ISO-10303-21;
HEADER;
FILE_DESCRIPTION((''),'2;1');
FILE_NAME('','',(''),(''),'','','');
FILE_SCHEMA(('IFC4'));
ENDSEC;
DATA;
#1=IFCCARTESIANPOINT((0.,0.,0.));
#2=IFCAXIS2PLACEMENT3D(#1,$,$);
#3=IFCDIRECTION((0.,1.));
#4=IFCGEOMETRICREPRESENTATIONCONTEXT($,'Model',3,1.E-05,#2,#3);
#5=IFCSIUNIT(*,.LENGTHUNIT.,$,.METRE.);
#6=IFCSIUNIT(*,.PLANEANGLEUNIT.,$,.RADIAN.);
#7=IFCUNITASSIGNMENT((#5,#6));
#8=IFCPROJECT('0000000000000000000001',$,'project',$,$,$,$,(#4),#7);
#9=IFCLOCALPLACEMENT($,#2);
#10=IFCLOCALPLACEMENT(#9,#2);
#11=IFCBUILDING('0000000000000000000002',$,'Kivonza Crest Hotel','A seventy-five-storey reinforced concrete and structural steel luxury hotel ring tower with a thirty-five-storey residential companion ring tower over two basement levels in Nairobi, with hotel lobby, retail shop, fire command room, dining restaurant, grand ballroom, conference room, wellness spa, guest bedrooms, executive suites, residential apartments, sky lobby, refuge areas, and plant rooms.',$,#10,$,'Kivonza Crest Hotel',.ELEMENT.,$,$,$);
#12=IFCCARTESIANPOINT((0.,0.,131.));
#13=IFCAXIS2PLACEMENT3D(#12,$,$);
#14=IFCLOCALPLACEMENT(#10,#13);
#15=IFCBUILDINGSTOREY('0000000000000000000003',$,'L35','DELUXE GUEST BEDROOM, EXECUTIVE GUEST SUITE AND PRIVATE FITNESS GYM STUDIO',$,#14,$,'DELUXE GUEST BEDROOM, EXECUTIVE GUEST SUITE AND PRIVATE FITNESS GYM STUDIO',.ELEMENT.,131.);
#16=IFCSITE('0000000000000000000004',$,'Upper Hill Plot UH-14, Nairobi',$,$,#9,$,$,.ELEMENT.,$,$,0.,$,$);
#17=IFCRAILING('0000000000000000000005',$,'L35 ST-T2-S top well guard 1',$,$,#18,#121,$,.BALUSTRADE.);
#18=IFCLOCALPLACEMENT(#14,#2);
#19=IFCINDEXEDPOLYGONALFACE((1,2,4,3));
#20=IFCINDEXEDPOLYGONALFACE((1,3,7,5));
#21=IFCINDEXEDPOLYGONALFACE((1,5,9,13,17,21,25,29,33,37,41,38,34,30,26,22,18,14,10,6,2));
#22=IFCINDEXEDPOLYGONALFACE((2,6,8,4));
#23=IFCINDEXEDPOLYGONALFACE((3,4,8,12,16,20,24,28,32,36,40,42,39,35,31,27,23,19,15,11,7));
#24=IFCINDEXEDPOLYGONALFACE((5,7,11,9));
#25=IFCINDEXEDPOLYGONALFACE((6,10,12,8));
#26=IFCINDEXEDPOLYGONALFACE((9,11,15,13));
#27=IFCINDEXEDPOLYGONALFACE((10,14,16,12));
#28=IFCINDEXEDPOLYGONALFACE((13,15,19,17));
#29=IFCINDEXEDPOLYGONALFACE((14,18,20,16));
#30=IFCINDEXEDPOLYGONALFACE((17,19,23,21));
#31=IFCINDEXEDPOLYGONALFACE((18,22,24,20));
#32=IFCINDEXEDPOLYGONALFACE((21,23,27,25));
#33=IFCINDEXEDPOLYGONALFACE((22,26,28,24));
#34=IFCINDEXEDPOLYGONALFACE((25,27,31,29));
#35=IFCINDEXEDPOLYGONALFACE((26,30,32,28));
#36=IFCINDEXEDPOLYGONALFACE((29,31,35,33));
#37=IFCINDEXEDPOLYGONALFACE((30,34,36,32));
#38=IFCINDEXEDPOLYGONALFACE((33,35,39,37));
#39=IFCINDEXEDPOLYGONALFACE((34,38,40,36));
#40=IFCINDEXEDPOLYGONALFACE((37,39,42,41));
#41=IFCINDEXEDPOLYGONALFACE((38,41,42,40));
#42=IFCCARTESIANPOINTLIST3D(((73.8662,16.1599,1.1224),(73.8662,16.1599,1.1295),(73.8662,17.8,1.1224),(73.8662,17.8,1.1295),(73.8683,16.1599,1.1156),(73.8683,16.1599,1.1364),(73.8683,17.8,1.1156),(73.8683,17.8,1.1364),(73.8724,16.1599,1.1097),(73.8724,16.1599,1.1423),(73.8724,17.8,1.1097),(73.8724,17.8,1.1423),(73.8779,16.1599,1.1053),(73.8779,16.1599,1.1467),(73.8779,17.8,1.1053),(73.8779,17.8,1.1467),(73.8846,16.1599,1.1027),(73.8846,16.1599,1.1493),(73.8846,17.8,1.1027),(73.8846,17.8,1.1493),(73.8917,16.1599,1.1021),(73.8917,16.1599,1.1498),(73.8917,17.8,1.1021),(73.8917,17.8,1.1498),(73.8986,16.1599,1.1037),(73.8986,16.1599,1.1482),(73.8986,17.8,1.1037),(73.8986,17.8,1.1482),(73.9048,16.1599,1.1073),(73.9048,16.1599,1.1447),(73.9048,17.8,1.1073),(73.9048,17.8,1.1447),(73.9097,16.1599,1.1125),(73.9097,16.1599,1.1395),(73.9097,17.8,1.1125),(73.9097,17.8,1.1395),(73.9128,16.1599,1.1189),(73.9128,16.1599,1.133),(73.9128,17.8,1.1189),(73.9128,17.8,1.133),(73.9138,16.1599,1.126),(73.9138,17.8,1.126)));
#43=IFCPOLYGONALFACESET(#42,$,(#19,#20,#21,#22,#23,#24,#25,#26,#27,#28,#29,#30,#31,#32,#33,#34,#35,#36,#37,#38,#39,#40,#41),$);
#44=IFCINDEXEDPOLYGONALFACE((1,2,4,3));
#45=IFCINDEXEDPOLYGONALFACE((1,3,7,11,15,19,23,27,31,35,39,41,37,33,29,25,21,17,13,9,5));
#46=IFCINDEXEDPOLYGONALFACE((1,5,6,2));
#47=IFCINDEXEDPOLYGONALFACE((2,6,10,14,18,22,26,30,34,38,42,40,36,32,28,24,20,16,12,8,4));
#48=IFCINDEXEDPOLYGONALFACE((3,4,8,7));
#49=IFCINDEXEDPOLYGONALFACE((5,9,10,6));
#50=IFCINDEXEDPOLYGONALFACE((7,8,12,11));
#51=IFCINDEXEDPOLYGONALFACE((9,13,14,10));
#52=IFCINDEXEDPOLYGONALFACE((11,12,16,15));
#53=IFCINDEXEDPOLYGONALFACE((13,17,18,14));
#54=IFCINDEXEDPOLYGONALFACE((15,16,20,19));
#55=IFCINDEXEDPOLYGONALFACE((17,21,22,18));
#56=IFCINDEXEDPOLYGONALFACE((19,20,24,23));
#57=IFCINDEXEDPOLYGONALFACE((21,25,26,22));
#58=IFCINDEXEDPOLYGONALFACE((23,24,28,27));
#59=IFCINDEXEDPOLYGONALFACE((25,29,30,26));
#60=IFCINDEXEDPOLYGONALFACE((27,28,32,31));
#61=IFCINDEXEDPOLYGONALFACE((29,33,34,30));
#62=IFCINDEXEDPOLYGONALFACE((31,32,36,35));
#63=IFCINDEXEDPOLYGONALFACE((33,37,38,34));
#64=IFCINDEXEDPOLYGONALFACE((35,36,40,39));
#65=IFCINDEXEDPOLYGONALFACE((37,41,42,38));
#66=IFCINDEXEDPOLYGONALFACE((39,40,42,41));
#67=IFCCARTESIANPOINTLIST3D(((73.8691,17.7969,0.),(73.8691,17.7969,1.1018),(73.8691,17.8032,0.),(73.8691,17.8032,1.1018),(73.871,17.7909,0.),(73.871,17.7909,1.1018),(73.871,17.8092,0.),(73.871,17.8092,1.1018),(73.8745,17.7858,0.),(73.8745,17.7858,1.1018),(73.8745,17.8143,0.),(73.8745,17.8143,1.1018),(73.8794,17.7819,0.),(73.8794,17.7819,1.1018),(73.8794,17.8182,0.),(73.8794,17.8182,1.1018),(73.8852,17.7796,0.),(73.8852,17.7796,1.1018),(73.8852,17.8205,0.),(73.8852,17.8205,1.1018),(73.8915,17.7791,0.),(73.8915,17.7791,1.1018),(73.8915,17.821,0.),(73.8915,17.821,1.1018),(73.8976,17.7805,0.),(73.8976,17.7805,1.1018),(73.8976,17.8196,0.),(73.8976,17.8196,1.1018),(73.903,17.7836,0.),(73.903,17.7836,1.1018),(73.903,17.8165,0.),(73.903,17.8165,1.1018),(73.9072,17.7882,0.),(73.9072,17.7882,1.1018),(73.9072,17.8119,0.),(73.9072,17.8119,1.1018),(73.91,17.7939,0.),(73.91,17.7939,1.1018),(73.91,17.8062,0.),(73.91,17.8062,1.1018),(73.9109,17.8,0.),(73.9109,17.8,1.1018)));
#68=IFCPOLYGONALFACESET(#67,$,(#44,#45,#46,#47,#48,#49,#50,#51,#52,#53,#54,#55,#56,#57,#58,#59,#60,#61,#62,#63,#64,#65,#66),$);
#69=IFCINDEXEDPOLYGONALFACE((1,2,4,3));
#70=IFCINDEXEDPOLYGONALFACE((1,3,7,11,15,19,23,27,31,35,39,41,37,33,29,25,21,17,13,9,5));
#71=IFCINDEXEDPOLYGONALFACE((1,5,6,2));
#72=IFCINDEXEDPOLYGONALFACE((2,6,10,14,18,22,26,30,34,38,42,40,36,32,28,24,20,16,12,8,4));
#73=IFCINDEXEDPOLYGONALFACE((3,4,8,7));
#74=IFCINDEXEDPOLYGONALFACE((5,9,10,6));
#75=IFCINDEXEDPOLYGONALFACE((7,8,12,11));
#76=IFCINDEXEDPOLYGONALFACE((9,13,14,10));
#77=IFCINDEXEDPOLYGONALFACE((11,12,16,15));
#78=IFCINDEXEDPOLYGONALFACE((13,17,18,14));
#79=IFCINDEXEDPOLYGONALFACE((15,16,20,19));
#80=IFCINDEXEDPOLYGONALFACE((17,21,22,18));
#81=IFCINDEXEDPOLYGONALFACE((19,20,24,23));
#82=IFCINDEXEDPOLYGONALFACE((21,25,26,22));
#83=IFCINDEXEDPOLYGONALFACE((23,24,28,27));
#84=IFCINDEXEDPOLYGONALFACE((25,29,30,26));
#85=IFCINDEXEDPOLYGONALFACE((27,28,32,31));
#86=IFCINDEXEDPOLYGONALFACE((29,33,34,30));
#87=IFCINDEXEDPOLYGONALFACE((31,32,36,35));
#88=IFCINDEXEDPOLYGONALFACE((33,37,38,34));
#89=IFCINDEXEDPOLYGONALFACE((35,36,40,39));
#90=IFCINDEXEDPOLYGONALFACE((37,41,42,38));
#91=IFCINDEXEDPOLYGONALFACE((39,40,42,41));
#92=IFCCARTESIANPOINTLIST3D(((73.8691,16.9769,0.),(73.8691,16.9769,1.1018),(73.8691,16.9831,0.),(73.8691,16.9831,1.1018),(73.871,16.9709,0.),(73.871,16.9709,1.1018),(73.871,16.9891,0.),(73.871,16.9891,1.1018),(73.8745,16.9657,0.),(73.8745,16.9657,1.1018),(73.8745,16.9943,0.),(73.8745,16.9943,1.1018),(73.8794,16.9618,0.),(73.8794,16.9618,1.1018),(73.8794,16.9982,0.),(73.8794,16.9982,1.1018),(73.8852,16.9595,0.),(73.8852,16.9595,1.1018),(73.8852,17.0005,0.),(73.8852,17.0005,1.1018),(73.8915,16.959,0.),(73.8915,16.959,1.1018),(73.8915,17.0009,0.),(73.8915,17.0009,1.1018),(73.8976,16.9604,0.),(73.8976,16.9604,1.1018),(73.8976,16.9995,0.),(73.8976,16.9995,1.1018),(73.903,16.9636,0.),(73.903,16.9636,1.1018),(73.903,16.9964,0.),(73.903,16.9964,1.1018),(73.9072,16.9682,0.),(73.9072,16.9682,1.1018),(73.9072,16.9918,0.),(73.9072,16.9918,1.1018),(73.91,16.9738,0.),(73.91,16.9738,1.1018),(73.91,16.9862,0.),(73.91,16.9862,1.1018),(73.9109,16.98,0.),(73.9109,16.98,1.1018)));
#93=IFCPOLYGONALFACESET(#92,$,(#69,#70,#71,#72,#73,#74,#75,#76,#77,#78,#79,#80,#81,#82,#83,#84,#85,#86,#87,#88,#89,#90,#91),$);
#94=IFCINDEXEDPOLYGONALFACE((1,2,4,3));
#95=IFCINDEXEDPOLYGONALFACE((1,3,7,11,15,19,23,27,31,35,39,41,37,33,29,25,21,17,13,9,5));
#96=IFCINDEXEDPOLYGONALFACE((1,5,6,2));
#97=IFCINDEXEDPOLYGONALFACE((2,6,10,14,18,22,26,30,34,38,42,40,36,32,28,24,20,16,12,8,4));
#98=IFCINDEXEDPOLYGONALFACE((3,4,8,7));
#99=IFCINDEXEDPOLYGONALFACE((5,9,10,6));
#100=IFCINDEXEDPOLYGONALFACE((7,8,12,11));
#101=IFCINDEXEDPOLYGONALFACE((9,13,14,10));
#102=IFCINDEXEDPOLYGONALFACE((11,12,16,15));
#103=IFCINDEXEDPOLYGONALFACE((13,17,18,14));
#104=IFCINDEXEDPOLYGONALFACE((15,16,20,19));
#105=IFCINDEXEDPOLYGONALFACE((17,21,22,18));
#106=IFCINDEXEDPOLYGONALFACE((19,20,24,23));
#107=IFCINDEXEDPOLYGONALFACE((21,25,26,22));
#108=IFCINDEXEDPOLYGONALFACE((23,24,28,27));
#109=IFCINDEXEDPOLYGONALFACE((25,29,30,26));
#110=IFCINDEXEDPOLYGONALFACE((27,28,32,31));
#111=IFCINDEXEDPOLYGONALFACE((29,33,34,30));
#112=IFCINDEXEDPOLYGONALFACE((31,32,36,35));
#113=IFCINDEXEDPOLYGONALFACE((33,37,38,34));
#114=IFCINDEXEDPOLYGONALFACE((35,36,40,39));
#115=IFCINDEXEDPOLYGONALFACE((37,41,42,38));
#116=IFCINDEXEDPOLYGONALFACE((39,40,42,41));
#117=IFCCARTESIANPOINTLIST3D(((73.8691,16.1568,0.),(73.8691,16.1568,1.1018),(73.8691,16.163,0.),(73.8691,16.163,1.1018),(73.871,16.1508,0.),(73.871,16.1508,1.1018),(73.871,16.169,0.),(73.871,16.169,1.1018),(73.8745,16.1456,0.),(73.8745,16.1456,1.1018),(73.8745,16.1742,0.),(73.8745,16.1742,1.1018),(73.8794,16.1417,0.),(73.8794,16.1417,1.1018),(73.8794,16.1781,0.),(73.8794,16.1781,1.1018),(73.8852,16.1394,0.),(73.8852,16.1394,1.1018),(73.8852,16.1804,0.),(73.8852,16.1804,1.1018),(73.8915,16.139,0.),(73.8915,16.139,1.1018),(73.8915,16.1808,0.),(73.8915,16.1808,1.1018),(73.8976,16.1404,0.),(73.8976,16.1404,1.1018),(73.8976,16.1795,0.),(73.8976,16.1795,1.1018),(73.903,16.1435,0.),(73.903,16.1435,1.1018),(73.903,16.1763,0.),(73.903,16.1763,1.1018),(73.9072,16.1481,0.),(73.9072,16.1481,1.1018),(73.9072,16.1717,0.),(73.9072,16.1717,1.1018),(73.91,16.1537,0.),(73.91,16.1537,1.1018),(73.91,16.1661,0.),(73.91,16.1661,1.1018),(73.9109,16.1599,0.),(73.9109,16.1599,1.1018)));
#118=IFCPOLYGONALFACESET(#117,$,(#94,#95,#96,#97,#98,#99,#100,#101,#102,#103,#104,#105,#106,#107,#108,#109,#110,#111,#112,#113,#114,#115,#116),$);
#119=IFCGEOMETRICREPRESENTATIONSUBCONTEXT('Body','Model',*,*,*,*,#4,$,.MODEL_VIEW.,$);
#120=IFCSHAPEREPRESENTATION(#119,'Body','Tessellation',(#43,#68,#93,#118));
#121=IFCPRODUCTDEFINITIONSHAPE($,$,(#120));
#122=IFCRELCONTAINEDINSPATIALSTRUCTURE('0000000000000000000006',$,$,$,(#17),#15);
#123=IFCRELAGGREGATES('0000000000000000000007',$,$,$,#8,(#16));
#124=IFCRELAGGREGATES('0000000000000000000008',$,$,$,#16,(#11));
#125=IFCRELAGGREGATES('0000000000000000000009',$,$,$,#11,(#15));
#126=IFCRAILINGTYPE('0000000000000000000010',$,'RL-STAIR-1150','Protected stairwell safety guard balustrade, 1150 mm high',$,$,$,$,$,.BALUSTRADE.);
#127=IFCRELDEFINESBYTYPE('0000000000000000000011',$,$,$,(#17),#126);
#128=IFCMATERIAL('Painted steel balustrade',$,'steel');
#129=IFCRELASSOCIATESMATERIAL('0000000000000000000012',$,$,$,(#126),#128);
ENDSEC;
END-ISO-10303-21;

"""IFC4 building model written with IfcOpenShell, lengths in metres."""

from ifc_helpers import new_model, si_unit, direction, frame, origin, origin_2d, place, context, subcontext, project, spatial, circle, extrude, material, type_object, element, save


model = new_model("IFC4")

# Units and contexts
model_context = context("Model", 3, precision=1e-05, world=origin(), true_north=direction((0.0, 1.0)))
body_context = subcontext(model_context, "Body", "Model", "MODEL_VIEW")
ifc_project = project(units=[si_unit("LENGTHUNIT", "METRE"), si_unit("PLANEANGLEUNIT", "RADIAN")], contexts=[model_context])

# Site, building, storey
site_placement = place(None, origin())
site = spatial("IfcSite", under=ifc_project, at=site_placement, Name="Upper Hill Plot UH-14, Nairobi", CompositionType="ELEMENT", RefElevation=0.0)
building_placement = place(site_placement, origin())
building = spatial("IfcBuilding", under=site, at=building_placement, Name="Kivonza Crest Hotel", Description="A seventy-five-storey reinforced concrete and structural steel luxury hotel ring tower with a thirty-five-storey residential companion ring tower over two basement levels in Nairobi, with hotel lobby, retail shop, fire command room, dining restaurant, grand ballroom, conference room, wellness spa, guest bedrooms, executive suites, residential apartments, sky lobby, refuge areas, and plant rooms.", LongName="Kivonza Crest Hotel", CompositionType="ELEMENT")
storey_placement = place(building_placement, frame((0.0, 0.0, 131.0)))
storey = spatial("IfcBuildingStorey", under=building, at=storey_placement, Name="L35", Description="DELUXE GUEST BEDROOM, EXECUTIVE GUEST SUITE AND PRIVATE FITNESS GYM STUDIO", LongName="DELUXE GUEST BEDROOM, EXECUTIVE GUEST SUITE AND PRIVATE FITNESS GYM STUDIO", CompositionType="ELEMENT", Elevation=131.0)

# Railing
ifc_material_1 = material(Name="Painted steel balustrade", Category="steel")
railing_type_1 = type_object("IfcRailingType", Name="RL-STAIR-1150", Description="Protected stairwell safety guard balustrade, 1150 mm high", PredefinedType="BALUSTRADE", material=ifc_material_1)
railing_1_placement = place(storey_placement, frame((73.8899, 17.8, 0.0)))
element("IfcRailing", 1, at=railing_1_placement, inside=storey, type_object=railing_type_1, Name="L35 ST-T2-S top well guard 1", PredefinedType="BALUSTRADE", context=body_context, shape_type="SweptSolid", body=[
    extrude(circle(Radius=0.0239, at=origin_2d()), frame((0.0, 0.0, 1.126), z_axis=(0.0, -1.0, 0.0), x_axis=(1.0, 0.0, 0.0)), (0.0, 0.0, 1.0), 1.6401),
    extrude(circle(Radius=0.021, at=origin_2d()), origin(), (0.0, 0.0, 1.0), 1.1018),
    extrude(circle(Radius=0.021, at=origin_2d()), frame((0.0, -0.8201, 0.0)), (0.0, 0.0, 1.0), 1.1018),
    extrude(circle(Radius=0.021, at=origin_2d()), frame((0.0, -1.6401, 0.0)), (0.0, 0.0, 1.0), 1.1018),
])

save(model, "model.ifc")
